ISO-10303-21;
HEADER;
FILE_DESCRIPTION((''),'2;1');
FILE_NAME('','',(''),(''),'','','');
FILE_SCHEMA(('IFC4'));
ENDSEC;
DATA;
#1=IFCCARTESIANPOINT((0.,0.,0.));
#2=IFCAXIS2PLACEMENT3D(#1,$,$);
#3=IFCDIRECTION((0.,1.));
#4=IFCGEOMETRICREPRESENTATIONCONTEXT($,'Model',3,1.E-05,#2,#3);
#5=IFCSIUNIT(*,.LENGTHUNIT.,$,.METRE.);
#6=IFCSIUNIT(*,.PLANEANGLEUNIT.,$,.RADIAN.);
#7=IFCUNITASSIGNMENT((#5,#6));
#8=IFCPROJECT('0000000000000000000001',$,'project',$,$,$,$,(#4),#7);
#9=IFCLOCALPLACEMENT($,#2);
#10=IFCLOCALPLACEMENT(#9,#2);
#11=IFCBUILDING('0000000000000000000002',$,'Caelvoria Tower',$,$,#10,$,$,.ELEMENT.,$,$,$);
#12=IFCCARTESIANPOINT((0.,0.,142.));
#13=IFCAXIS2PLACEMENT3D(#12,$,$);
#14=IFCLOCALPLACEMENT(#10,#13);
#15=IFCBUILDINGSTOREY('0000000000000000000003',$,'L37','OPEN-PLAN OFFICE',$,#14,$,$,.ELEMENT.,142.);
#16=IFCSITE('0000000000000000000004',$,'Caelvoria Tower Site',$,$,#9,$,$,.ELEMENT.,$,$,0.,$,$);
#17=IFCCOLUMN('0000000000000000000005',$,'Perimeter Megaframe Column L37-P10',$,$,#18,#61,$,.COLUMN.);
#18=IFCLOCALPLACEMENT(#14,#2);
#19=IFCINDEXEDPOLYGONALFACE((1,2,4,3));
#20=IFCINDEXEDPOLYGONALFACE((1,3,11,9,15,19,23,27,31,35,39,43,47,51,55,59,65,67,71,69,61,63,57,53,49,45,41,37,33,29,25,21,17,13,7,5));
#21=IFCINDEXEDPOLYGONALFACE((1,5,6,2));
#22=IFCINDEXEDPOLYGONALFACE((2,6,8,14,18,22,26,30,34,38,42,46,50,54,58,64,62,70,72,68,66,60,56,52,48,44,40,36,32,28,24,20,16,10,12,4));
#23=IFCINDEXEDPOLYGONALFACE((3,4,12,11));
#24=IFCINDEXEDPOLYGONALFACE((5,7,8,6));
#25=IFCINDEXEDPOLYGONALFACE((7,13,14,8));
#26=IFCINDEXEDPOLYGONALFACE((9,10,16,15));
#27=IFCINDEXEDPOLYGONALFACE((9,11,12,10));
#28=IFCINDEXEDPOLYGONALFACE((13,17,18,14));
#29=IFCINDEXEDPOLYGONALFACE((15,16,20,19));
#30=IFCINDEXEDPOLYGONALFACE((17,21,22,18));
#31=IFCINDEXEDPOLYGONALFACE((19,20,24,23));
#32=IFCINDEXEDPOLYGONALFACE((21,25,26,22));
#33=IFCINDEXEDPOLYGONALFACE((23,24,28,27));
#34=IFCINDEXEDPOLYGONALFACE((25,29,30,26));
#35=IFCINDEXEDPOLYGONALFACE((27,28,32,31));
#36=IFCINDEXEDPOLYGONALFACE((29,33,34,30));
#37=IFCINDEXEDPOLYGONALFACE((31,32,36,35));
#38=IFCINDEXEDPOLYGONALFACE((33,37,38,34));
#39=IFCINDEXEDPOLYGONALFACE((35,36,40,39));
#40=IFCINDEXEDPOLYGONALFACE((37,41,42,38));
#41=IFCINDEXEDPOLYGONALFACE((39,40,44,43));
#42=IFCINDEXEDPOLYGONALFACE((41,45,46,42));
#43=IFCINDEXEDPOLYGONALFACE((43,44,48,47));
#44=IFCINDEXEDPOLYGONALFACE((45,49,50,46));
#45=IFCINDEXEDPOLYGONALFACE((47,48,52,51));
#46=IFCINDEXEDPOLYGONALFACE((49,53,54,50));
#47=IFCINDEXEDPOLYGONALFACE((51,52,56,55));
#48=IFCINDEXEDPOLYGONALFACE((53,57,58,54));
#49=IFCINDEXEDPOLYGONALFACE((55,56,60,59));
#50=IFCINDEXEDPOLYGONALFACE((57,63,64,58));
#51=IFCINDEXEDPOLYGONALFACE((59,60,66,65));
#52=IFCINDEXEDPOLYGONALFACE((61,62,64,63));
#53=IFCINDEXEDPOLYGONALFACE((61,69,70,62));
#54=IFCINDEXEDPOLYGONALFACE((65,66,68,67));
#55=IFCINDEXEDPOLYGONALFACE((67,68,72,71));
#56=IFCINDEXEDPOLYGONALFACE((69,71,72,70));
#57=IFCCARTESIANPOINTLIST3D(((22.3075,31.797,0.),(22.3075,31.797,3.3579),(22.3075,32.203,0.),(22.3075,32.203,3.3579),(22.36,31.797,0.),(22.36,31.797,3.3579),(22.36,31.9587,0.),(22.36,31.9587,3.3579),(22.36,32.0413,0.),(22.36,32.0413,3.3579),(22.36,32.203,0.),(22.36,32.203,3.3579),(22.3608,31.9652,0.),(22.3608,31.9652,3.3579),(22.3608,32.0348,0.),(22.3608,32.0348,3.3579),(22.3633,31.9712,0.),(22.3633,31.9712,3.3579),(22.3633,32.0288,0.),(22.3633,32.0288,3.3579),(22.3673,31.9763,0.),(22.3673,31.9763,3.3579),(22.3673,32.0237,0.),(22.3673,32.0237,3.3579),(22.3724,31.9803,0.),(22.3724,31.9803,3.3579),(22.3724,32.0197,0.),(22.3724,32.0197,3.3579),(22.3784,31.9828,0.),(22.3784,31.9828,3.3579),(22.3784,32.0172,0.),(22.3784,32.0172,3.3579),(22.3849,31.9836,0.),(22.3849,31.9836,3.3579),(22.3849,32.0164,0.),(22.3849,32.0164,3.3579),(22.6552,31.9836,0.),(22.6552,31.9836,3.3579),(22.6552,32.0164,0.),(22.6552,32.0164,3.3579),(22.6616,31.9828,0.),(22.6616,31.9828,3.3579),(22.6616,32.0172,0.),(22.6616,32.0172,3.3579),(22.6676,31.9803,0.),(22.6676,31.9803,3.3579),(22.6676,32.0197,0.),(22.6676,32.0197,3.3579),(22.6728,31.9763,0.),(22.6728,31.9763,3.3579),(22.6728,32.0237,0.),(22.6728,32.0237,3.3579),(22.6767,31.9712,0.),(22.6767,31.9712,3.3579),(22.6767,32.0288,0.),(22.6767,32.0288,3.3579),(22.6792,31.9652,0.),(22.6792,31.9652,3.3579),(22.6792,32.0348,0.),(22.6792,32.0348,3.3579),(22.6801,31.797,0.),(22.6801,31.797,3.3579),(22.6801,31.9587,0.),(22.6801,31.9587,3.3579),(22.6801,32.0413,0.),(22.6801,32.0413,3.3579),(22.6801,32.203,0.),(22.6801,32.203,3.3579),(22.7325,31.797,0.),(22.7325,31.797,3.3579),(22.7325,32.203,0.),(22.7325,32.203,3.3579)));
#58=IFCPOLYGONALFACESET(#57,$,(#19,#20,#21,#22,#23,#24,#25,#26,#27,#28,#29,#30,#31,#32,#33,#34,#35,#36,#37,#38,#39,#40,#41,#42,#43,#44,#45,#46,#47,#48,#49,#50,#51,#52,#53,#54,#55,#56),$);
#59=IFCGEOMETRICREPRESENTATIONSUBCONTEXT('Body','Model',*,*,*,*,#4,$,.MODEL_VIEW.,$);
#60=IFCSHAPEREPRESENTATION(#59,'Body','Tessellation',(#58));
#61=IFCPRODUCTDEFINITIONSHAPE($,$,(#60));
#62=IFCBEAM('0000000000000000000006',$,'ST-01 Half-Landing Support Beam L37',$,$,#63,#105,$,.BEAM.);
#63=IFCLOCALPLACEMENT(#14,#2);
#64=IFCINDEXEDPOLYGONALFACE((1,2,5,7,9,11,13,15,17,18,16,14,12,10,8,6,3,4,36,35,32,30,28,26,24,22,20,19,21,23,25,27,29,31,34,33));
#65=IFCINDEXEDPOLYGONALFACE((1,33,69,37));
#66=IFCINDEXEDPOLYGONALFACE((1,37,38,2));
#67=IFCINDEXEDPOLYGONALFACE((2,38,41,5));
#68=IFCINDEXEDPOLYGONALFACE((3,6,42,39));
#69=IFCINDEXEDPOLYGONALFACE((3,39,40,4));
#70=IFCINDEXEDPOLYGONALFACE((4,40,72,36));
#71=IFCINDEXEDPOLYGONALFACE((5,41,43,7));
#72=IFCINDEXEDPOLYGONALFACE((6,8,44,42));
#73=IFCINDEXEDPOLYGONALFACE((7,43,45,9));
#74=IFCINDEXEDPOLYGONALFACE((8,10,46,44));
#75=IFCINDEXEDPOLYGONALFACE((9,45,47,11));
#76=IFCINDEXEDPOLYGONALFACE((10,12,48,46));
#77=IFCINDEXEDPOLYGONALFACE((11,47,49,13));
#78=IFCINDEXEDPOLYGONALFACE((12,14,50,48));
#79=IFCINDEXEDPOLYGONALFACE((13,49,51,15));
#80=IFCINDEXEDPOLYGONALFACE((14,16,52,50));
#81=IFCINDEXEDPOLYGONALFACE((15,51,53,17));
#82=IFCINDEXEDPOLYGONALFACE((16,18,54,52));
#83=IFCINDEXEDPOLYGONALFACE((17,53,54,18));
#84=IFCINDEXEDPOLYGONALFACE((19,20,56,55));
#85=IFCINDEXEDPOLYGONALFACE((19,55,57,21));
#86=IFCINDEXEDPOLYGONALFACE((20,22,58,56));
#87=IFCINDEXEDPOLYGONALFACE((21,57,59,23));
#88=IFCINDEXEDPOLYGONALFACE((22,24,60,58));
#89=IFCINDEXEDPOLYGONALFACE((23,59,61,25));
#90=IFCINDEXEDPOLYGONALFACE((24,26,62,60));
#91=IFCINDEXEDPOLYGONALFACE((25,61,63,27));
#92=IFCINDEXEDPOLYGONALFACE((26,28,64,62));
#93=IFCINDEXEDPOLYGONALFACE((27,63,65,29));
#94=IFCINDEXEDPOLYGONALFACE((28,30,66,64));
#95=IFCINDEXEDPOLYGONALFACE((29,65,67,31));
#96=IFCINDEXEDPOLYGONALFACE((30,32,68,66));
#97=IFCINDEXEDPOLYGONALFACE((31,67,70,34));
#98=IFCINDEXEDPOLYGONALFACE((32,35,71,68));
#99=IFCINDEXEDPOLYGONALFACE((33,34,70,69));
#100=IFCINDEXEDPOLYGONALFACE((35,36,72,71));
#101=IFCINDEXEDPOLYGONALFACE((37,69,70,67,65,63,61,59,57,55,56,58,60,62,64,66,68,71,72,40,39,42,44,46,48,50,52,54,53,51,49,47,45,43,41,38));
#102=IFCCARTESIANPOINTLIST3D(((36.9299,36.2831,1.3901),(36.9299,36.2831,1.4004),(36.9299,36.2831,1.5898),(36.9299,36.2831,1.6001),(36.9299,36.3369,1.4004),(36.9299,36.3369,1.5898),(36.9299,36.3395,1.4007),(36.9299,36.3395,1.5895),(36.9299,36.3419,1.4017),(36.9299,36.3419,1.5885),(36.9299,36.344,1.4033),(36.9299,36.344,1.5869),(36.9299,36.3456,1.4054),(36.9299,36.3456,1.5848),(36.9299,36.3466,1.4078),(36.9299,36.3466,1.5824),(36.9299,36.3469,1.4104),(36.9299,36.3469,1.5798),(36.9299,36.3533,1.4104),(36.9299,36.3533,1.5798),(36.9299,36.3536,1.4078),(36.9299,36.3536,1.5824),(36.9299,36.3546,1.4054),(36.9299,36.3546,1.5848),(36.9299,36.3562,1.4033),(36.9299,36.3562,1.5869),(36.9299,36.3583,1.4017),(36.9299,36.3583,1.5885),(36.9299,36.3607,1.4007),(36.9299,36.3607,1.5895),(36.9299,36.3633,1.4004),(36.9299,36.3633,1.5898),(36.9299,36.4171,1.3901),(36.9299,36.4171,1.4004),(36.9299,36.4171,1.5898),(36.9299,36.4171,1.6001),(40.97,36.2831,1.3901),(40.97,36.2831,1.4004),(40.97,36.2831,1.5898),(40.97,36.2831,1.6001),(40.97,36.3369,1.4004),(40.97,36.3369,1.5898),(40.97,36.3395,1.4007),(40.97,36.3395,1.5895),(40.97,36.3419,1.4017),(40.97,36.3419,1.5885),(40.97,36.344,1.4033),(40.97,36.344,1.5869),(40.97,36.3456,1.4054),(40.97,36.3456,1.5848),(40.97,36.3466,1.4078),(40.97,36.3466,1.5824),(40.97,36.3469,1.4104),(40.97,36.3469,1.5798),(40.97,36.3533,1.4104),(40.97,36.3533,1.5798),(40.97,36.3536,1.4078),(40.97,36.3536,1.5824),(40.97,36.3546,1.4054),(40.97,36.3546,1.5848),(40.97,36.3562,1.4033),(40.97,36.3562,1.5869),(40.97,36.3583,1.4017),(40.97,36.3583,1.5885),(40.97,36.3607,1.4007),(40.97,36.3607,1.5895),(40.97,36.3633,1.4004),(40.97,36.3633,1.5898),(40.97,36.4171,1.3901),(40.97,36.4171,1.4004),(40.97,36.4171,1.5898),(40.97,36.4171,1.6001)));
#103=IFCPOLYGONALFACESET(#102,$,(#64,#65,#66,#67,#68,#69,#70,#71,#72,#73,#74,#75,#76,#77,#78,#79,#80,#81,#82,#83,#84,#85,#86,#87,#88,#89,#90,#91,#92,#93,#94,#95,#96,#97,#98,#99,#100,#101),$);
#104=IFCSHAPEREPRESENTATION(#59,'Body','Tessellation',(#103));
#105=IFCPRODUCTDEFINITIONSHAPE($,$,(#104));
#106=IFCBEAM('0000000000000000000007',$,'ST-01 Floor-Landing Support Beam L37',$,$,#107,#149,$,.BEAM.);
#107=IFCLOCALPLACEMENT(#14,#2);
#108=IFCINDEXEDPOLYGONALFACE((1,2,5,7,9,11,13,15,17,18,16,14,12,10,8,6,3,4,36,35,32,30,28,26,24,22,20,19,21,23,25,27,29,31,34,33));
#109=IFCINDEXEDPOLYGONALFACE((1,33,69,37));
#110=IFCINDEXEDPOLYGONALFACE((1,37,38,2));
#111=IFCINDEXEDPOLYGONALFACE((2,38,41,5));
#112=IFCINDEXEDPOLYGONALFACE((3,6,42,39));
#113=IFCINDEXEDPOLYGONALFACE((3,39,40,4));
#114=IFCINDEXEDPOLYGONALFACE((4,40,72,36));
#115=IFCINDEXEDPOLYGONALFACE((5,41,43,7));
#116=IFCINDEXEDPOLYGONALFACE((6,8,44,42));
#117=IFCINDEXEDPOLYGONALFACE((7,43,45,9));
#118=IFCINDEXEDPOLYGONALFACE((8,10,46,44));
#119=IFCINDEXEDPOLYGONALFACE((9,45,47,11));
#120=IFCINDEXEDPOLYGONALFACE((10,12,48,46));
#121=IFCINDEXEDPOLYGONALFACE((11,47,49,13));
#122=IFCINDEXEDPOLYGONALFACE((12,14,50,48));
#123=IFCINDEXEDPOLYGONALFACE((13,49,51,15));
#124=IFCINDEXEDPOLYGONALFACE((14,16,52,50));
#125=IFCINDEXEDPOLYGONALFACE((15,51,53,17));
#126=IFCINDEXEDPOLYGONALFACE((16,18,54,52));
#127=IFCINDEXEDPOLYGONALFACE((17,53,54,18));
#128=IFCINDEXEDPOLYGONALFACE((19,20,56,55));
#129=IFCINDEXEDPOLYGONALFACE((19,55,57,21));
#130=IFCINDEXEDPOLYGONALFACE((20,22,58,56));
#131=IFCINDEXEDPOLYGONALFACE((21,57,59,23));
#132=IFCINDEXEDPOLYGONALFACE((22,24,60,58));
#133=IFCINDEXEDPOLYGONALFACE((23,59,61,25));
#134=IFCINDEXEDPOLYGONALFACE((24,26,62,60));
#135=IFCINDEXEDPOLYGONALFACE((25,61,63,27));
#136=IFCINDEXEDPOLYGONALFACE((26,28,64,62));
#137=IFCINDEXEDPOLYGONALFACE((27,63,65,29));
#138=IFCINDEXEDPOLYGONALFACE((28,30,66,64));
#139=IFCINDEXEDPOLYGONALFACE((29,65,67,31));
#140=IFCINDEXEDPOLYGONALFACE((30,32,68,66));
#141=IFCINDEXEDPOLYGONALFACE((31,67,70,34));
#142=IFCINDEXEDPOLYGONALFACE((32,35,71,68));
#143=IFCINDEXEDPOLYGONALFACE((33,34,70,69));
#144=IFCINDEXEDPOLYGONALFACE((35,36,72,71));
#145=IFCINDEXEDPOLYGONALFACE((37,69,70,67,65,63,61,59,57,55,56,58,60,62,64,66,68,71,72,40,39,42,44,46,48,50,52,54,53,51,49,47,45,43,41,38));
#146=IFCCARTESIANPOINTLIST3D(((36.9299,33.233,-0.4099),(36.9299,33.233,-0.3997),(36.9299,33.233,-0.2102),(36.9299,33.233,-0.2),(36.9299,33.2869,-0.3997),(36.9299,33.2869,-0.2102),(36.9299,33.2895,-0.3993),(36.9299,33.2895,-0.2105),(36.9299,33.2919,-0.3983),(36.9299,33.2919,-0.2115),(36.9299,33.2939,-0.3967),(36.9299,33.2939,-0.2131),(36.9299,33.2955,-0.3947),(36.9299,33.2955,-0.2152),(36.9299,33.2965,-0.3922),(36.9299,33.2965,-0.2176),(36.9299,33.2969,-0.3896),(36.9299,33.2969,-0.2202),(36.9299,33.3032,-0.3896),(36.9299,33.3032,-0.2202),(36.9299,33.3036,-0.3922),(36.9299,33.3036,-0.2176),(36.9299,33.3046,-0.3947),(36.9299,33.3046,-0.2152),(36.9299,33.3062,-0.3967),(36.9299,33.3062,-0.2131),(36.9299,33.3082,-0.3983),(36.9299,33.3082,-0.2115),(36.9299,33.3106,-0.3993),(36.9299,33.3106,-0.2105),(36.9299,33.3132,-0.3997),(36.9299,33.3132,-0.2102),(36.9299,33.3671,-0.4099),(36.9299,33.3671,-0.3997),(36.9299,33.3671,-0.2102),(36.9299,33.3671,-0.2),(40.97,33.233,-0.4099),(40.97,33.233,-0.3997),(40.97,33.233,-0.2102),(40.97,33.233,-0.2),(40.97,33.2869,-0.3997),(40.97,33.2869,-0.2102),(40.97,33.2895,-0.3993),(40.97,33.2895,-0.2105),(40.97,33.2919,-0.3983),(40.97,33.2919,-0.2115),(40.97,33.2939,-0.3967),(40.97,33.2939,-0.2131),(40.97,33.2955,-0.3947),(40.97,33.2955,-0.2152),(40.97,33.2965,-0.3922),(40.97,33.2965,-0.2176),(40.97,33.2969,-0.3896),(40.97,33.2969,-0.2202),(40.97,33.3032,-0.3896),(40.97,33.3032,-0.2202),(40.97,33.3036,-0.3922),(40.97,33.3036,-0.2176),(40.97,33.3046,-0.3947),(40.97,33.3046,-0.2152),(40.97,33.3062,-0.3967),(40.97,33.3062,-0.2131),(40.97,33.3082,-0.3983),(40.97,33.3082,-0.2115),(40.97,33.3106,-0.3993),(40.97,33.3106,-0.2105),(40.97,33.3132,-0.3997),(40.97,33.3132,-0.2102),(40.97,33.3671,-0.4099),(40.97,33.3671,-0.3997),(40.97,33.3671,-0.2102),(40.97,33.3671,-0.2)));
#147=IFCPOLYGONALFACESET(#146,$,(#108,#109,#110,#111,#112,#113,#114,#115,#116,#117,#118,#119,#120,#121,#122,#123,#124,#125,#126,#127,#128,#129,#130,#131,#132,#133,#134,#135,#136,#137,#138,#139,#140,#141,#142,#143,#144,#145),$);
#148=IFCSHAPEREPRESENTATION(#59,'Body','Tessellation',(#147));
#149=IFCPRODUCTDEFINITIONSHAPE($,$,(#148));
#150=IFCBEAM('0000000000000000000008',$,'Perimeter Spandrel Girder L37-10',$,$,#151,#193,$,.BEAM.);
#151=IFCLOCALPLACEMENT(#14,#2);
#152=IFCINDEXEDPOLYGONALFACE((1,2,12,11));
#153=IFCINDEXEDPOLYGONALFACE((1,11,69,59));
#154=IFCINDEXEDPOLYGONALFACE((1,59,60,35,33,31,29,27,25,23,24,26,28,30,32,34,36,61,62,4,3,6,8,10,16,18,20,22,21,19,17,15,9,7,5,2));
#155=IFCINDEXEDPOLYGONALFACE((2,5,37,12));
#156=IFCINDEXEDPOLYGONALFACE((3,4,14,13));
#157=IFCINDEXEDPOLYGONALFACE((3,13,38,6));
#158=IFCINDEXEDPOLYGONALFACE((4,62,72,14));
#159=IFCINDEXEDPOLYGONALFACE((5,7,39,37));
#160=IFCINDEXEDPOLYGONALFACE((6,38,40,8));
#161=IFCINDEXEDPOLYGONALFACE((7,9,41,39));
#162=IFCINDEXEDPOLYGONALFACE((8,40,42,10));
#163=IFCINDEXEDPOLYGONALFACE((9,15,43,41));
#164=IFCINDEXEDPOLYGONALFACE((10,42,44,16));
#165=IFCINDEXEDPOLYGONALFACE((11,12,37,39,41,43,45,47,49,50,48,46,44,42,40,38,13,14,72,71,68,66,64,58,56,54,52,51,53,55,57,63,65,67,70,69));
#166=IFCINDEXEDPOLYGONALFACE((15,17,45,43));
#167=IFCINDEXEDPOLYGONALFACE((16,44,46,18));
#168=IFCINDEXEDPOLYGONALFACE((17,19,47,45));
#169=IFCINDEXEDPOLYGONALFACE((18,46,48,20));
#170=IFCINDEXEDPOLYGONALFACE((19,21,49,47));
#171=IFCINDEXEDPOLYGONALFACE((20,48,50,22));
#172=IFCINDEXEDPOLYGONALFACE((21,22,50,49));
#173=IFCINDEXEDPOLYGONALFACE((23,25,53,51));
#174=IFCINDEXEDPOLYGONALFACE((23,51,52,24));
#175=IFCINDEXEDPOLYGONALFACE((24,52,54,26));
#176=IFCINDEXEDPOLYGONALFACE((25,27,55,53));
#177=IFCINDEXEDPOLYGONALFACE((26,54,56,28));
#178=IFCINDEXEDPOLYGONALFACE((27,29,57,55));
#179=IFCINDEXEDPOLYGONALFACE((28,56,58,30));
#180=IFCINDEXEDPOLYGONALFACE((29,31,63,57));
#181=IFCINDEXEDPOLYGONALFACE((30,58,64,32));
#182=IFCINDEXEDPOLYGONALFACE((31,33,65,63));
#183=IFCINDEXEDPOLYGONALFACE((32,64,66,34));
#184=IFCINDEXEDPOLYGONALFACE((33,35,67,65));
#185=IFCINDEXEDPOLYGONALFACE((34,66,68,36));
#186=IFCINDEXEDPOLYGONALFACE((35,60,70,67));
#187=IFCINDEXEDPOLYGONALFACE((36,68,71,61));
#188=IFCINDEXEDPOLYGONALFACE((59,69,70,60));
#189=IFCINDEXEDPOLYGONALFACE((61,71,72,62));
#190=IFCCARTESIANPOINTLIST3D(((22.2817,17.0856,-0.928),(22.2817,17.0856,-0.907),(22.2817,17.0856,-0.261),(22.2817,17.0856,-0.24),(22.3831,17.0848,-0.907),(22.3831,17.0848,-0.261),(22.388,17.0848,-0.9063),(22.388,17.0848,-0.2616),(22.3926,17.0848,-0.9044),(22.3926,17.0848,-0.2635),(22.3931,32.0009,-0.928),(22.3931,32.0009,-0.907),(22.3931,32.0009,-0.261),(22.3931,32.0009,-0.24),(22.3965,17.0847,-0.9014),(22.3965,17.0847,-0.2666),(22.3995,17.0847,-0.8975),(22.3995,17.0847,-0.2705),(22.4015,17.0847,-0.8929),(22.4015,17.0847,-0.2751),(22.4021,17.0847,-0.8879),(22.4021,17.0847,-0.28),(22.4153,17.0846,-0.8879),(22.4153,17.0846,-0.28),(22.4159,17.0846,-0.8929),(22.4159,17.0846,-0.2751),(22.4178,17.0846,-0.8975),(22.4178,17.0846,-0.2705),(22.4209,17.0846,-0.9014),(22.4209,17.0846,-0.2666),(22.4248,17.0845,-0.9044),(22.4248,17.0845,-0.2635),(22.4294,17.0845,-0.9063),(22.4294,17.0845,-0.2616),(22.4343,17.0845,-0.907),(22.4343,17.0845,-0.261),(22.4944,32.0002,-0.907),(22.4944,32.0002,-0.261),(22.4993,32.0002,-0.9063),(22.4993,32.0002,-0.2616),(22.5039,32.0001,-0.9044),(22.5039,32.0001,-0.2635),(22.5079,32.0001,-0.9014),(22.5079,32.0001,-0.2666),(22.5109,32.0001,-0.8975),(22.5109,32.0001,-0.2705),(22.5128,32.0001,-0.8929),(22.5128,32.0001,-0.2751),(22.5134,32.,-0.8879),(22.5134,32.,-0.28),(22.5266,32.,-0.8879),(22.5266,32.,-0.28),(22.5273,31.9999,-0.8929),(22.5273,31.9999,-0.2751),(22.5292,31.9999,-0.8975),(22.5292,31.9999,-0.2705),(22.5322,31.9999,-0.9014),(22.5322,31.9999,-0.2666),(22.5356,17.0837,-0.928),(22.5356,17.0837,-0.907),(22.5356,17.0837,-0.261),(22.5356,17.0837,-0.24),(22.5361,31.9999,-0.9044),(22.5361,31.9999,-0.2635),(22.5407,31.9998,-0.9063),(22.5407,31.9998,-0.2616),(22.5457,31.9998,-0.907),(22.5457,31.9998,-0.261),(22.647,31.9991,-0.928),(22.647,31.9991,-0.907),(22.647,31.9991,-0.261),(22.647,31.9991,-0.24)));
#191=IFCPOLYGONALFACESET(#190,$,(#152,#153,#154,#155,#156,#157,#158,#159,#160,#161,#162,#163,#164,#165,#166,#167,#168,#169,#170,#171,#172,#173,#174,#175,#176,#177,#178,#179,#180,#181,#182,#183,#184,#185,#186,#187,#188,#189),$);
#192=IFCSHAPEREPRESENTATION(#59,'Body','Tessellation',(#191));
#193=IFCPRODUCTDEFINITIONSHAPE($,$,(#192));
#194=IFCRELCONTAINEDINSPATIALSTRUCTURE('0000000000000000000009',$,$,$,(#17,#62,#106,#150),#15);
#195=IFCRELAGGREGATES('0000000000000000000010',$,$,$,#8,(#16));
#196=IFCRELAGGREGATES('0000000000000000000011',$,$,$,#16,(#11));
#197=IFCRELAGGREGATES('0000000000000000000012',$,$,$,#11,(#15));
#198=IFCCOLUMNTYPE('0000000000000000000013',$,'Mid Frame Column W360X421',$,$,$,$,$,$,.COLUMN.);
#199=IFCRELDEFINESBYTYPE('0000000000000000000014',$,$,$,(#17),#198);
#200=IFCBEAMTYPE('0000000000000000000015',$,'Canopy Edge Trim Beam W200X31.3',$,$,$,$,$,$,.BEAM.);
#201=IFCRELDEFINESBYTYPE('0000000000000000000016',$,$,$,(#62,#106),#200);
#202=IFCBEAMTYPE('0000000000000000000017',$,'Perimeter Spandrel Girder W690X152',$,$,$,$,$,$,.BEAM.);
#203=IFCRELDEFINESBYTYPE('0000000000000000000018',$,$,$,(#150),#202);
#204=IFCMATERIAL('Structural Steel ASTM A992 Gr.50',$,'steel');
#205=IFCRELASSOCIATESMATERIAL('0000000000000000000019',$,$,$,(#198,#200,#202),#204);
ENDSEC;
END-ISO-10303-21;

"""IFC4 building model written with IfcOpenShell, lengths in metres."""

from ifc_helpers import new_model, si_unit, direction, frame, origin, origin_2d, place, context, subcontext, project, spatial, i_section, extrude, material, material_profile, profile_set, type_object, element, save


model = new_model("IFC4")

# Units and contexts
model_context = context("Model", 3, precision=1e-05, world=origin(), true_north=direction((0.0, 1.0)))
body_context = subcontext(model_context, "Body", "Model", "MODEL_VIEW")
ifc_project = project(units=[si_unit("LENGTHUNIT", "METRE"), si_unit("PLANEANGLEUNIT", "RADIAN")], contexts=[model_context])

# Site, building, storey
site_placement = place(None, origin())
site = spatial("IfcSite", under=ifc_project, at=site_placement, Name="Caelvoria Tower Site", CompositionType="ELEMENT", RefElevation=0.0)
building_placement = place(site_placement, origin())
building = spatial("IfcBuilding", under=site, at=building_placement, Name="Caelvoria Tower", CompositionType="ELEMENT")
storey_placement = place(building_placement, frame((0.0, 0.0, 142.0)))
storey = spatial("IfcBuildingStorey", under=building, at=storey_placement, Name="L37", Description="OPEN-PLAN OFFICE", CompositionType="ELEMENT", Elevation=142.0)

# Column
ifc_material_1 = material(Name="Structural Steel ASTM A992 Gr.50", Category="steel")
ifc_material_profile_1 = material_profile(ifc_material_1, i_section(OverallWidth=0.406, OverallDepth=0.425, WebThickness=0.0327, FlangeThickness=0.0525, FilletRadius=0.0249, at=origin_2d()), Name="Structural Steel ASTM A992 Gr.50")
ifc_profile_set_1 = profile_set([ifc_material_profile_1], Name="W360X421 - Structural Steel ASTM A992 Gr.50")
column_type = type_object("IfcColumnType", Name="Mid Frame Column W360X421", PredefinedType="COLUMN", material=ifc_profile_set_1)
column_placement = place(storey_placement, frame((22.52, 32.0, 0.0), z_axis=(0.0, 0.0, 1.0), x_axis=(0.0, 1.0, 0.0)))
element("IfcColumn", 1, at=column_placement, inside=storey, type_object=column_type, Name="Perimeter Megaframe Column L37-P10", PredefinedType="COLUMN", context=body_context, shape_type="SweptSolid", body=[
    extrude(i_section(OverallWidth=0.406, OverallDepth=0.425, WebThickness=0.0327, FlangeThickness=0.0525, FilletRadius=0.0249, at=origin_2d()), origin(), (0.0, 0.0, 1.0), 3.3579),
])

# Beams
ifc_material_profile_2 = material_profile(ifc_material_1, i_section(OverallWidth=0.134, OverallDepth=0.21, WebThickness=0.0063, FlangeThickness=0.0103, FilletRadius=0.01, at=origin_2d()), Name="Structural Steel ASTM A992 Gr.50")
ifc_profile_set_2 = profile_set([ifc_material_profile_2], Name="W200X31.3 - Structural Steel ASTM A992 Gr.50")
beam_type_1 = type_object("IfcBeamType", Name="Canopy Edge Trim Beam W200X31.3", PredefinedType="BEAM", material=ifc_profile_set_2)
for number, where, z_axis, x_axis, name in (
    (2, (36.9299, 36.3501, 1.4951), (1.0, 0.0, 0.0), (0.0, 1.0, 0.0), "ST-01 Half-Landing Support Beam L37"),
    (3, (36.9299, 33.3, -0.3049), (1.0, 0.0, 0.0), (0.0, 1.0, 0.0), "ST-01 Floor-Landing Support Beam L37"),
):
    element("IfcBeam", number, at=place(storey_placement, frame(where, z_axis=z_axis, x_axis=x_axis)), inside=storey, type_object=beam_type_1, Name=name, PredefinedType="BEAM", context=body_context, shape_type="SweptSolid", body=[
        extrude(i_section(OverallWidth=0.134, OverallDepth=0.21, WebThickness=0.0063, FlangeThickness=0.0103, FilletRadius=0.01, at=origin_2d()), origin(), (0.0, 0.0, 1.0), 4.04),
    ])
ifc_material_profile_3 = material_profile(ifc_material_1, i_section(OverallWidth=0.2539, OverallDepth=0.688, WebThickness=0.0132, FlangeThickness=0.021, FilletRadius=0.019, at=origin_2d()), Name="Structural Steel ASTM A992 Gr.50")
ifc_profile_set_3 = profile_set([ifc_material_profile_3], Name="W690X152 - Structural Steel ASTM A992 Gr.50")
beam_type_2 = type_object("IfcBeamType", Name="Perimeter Spandrel Girder W690X152", PredefinedType="BEAM", material=ifc_profile_set_3)
beam_1_placement = place(storey_placement, frame((22.52, 32.0, -0.584), z_axis=(-0.007464, -0.999972, 0.0), x_axis=(0.999972, -0.007464, 0.0)))
element("IfcBeam", 4, at=beam_1_placement, inside=storey, type_object=beam_type_2, Name="Perimeter Spandrel Girder L37-10", PredefinedType="BEAM", context=body_context, shape_type="SweptSolid", body=[
    extrude(i_section(OverallWidth=0.2539, OverallDepth=0.688, WebThickness=0.0132, FlangeThickness=0.021, FilletRadius=0.019, at=origin_2d()), origin(), (0.0, 0.0, 1.0), 14.9158),
])

save(model, "model.ifc")
